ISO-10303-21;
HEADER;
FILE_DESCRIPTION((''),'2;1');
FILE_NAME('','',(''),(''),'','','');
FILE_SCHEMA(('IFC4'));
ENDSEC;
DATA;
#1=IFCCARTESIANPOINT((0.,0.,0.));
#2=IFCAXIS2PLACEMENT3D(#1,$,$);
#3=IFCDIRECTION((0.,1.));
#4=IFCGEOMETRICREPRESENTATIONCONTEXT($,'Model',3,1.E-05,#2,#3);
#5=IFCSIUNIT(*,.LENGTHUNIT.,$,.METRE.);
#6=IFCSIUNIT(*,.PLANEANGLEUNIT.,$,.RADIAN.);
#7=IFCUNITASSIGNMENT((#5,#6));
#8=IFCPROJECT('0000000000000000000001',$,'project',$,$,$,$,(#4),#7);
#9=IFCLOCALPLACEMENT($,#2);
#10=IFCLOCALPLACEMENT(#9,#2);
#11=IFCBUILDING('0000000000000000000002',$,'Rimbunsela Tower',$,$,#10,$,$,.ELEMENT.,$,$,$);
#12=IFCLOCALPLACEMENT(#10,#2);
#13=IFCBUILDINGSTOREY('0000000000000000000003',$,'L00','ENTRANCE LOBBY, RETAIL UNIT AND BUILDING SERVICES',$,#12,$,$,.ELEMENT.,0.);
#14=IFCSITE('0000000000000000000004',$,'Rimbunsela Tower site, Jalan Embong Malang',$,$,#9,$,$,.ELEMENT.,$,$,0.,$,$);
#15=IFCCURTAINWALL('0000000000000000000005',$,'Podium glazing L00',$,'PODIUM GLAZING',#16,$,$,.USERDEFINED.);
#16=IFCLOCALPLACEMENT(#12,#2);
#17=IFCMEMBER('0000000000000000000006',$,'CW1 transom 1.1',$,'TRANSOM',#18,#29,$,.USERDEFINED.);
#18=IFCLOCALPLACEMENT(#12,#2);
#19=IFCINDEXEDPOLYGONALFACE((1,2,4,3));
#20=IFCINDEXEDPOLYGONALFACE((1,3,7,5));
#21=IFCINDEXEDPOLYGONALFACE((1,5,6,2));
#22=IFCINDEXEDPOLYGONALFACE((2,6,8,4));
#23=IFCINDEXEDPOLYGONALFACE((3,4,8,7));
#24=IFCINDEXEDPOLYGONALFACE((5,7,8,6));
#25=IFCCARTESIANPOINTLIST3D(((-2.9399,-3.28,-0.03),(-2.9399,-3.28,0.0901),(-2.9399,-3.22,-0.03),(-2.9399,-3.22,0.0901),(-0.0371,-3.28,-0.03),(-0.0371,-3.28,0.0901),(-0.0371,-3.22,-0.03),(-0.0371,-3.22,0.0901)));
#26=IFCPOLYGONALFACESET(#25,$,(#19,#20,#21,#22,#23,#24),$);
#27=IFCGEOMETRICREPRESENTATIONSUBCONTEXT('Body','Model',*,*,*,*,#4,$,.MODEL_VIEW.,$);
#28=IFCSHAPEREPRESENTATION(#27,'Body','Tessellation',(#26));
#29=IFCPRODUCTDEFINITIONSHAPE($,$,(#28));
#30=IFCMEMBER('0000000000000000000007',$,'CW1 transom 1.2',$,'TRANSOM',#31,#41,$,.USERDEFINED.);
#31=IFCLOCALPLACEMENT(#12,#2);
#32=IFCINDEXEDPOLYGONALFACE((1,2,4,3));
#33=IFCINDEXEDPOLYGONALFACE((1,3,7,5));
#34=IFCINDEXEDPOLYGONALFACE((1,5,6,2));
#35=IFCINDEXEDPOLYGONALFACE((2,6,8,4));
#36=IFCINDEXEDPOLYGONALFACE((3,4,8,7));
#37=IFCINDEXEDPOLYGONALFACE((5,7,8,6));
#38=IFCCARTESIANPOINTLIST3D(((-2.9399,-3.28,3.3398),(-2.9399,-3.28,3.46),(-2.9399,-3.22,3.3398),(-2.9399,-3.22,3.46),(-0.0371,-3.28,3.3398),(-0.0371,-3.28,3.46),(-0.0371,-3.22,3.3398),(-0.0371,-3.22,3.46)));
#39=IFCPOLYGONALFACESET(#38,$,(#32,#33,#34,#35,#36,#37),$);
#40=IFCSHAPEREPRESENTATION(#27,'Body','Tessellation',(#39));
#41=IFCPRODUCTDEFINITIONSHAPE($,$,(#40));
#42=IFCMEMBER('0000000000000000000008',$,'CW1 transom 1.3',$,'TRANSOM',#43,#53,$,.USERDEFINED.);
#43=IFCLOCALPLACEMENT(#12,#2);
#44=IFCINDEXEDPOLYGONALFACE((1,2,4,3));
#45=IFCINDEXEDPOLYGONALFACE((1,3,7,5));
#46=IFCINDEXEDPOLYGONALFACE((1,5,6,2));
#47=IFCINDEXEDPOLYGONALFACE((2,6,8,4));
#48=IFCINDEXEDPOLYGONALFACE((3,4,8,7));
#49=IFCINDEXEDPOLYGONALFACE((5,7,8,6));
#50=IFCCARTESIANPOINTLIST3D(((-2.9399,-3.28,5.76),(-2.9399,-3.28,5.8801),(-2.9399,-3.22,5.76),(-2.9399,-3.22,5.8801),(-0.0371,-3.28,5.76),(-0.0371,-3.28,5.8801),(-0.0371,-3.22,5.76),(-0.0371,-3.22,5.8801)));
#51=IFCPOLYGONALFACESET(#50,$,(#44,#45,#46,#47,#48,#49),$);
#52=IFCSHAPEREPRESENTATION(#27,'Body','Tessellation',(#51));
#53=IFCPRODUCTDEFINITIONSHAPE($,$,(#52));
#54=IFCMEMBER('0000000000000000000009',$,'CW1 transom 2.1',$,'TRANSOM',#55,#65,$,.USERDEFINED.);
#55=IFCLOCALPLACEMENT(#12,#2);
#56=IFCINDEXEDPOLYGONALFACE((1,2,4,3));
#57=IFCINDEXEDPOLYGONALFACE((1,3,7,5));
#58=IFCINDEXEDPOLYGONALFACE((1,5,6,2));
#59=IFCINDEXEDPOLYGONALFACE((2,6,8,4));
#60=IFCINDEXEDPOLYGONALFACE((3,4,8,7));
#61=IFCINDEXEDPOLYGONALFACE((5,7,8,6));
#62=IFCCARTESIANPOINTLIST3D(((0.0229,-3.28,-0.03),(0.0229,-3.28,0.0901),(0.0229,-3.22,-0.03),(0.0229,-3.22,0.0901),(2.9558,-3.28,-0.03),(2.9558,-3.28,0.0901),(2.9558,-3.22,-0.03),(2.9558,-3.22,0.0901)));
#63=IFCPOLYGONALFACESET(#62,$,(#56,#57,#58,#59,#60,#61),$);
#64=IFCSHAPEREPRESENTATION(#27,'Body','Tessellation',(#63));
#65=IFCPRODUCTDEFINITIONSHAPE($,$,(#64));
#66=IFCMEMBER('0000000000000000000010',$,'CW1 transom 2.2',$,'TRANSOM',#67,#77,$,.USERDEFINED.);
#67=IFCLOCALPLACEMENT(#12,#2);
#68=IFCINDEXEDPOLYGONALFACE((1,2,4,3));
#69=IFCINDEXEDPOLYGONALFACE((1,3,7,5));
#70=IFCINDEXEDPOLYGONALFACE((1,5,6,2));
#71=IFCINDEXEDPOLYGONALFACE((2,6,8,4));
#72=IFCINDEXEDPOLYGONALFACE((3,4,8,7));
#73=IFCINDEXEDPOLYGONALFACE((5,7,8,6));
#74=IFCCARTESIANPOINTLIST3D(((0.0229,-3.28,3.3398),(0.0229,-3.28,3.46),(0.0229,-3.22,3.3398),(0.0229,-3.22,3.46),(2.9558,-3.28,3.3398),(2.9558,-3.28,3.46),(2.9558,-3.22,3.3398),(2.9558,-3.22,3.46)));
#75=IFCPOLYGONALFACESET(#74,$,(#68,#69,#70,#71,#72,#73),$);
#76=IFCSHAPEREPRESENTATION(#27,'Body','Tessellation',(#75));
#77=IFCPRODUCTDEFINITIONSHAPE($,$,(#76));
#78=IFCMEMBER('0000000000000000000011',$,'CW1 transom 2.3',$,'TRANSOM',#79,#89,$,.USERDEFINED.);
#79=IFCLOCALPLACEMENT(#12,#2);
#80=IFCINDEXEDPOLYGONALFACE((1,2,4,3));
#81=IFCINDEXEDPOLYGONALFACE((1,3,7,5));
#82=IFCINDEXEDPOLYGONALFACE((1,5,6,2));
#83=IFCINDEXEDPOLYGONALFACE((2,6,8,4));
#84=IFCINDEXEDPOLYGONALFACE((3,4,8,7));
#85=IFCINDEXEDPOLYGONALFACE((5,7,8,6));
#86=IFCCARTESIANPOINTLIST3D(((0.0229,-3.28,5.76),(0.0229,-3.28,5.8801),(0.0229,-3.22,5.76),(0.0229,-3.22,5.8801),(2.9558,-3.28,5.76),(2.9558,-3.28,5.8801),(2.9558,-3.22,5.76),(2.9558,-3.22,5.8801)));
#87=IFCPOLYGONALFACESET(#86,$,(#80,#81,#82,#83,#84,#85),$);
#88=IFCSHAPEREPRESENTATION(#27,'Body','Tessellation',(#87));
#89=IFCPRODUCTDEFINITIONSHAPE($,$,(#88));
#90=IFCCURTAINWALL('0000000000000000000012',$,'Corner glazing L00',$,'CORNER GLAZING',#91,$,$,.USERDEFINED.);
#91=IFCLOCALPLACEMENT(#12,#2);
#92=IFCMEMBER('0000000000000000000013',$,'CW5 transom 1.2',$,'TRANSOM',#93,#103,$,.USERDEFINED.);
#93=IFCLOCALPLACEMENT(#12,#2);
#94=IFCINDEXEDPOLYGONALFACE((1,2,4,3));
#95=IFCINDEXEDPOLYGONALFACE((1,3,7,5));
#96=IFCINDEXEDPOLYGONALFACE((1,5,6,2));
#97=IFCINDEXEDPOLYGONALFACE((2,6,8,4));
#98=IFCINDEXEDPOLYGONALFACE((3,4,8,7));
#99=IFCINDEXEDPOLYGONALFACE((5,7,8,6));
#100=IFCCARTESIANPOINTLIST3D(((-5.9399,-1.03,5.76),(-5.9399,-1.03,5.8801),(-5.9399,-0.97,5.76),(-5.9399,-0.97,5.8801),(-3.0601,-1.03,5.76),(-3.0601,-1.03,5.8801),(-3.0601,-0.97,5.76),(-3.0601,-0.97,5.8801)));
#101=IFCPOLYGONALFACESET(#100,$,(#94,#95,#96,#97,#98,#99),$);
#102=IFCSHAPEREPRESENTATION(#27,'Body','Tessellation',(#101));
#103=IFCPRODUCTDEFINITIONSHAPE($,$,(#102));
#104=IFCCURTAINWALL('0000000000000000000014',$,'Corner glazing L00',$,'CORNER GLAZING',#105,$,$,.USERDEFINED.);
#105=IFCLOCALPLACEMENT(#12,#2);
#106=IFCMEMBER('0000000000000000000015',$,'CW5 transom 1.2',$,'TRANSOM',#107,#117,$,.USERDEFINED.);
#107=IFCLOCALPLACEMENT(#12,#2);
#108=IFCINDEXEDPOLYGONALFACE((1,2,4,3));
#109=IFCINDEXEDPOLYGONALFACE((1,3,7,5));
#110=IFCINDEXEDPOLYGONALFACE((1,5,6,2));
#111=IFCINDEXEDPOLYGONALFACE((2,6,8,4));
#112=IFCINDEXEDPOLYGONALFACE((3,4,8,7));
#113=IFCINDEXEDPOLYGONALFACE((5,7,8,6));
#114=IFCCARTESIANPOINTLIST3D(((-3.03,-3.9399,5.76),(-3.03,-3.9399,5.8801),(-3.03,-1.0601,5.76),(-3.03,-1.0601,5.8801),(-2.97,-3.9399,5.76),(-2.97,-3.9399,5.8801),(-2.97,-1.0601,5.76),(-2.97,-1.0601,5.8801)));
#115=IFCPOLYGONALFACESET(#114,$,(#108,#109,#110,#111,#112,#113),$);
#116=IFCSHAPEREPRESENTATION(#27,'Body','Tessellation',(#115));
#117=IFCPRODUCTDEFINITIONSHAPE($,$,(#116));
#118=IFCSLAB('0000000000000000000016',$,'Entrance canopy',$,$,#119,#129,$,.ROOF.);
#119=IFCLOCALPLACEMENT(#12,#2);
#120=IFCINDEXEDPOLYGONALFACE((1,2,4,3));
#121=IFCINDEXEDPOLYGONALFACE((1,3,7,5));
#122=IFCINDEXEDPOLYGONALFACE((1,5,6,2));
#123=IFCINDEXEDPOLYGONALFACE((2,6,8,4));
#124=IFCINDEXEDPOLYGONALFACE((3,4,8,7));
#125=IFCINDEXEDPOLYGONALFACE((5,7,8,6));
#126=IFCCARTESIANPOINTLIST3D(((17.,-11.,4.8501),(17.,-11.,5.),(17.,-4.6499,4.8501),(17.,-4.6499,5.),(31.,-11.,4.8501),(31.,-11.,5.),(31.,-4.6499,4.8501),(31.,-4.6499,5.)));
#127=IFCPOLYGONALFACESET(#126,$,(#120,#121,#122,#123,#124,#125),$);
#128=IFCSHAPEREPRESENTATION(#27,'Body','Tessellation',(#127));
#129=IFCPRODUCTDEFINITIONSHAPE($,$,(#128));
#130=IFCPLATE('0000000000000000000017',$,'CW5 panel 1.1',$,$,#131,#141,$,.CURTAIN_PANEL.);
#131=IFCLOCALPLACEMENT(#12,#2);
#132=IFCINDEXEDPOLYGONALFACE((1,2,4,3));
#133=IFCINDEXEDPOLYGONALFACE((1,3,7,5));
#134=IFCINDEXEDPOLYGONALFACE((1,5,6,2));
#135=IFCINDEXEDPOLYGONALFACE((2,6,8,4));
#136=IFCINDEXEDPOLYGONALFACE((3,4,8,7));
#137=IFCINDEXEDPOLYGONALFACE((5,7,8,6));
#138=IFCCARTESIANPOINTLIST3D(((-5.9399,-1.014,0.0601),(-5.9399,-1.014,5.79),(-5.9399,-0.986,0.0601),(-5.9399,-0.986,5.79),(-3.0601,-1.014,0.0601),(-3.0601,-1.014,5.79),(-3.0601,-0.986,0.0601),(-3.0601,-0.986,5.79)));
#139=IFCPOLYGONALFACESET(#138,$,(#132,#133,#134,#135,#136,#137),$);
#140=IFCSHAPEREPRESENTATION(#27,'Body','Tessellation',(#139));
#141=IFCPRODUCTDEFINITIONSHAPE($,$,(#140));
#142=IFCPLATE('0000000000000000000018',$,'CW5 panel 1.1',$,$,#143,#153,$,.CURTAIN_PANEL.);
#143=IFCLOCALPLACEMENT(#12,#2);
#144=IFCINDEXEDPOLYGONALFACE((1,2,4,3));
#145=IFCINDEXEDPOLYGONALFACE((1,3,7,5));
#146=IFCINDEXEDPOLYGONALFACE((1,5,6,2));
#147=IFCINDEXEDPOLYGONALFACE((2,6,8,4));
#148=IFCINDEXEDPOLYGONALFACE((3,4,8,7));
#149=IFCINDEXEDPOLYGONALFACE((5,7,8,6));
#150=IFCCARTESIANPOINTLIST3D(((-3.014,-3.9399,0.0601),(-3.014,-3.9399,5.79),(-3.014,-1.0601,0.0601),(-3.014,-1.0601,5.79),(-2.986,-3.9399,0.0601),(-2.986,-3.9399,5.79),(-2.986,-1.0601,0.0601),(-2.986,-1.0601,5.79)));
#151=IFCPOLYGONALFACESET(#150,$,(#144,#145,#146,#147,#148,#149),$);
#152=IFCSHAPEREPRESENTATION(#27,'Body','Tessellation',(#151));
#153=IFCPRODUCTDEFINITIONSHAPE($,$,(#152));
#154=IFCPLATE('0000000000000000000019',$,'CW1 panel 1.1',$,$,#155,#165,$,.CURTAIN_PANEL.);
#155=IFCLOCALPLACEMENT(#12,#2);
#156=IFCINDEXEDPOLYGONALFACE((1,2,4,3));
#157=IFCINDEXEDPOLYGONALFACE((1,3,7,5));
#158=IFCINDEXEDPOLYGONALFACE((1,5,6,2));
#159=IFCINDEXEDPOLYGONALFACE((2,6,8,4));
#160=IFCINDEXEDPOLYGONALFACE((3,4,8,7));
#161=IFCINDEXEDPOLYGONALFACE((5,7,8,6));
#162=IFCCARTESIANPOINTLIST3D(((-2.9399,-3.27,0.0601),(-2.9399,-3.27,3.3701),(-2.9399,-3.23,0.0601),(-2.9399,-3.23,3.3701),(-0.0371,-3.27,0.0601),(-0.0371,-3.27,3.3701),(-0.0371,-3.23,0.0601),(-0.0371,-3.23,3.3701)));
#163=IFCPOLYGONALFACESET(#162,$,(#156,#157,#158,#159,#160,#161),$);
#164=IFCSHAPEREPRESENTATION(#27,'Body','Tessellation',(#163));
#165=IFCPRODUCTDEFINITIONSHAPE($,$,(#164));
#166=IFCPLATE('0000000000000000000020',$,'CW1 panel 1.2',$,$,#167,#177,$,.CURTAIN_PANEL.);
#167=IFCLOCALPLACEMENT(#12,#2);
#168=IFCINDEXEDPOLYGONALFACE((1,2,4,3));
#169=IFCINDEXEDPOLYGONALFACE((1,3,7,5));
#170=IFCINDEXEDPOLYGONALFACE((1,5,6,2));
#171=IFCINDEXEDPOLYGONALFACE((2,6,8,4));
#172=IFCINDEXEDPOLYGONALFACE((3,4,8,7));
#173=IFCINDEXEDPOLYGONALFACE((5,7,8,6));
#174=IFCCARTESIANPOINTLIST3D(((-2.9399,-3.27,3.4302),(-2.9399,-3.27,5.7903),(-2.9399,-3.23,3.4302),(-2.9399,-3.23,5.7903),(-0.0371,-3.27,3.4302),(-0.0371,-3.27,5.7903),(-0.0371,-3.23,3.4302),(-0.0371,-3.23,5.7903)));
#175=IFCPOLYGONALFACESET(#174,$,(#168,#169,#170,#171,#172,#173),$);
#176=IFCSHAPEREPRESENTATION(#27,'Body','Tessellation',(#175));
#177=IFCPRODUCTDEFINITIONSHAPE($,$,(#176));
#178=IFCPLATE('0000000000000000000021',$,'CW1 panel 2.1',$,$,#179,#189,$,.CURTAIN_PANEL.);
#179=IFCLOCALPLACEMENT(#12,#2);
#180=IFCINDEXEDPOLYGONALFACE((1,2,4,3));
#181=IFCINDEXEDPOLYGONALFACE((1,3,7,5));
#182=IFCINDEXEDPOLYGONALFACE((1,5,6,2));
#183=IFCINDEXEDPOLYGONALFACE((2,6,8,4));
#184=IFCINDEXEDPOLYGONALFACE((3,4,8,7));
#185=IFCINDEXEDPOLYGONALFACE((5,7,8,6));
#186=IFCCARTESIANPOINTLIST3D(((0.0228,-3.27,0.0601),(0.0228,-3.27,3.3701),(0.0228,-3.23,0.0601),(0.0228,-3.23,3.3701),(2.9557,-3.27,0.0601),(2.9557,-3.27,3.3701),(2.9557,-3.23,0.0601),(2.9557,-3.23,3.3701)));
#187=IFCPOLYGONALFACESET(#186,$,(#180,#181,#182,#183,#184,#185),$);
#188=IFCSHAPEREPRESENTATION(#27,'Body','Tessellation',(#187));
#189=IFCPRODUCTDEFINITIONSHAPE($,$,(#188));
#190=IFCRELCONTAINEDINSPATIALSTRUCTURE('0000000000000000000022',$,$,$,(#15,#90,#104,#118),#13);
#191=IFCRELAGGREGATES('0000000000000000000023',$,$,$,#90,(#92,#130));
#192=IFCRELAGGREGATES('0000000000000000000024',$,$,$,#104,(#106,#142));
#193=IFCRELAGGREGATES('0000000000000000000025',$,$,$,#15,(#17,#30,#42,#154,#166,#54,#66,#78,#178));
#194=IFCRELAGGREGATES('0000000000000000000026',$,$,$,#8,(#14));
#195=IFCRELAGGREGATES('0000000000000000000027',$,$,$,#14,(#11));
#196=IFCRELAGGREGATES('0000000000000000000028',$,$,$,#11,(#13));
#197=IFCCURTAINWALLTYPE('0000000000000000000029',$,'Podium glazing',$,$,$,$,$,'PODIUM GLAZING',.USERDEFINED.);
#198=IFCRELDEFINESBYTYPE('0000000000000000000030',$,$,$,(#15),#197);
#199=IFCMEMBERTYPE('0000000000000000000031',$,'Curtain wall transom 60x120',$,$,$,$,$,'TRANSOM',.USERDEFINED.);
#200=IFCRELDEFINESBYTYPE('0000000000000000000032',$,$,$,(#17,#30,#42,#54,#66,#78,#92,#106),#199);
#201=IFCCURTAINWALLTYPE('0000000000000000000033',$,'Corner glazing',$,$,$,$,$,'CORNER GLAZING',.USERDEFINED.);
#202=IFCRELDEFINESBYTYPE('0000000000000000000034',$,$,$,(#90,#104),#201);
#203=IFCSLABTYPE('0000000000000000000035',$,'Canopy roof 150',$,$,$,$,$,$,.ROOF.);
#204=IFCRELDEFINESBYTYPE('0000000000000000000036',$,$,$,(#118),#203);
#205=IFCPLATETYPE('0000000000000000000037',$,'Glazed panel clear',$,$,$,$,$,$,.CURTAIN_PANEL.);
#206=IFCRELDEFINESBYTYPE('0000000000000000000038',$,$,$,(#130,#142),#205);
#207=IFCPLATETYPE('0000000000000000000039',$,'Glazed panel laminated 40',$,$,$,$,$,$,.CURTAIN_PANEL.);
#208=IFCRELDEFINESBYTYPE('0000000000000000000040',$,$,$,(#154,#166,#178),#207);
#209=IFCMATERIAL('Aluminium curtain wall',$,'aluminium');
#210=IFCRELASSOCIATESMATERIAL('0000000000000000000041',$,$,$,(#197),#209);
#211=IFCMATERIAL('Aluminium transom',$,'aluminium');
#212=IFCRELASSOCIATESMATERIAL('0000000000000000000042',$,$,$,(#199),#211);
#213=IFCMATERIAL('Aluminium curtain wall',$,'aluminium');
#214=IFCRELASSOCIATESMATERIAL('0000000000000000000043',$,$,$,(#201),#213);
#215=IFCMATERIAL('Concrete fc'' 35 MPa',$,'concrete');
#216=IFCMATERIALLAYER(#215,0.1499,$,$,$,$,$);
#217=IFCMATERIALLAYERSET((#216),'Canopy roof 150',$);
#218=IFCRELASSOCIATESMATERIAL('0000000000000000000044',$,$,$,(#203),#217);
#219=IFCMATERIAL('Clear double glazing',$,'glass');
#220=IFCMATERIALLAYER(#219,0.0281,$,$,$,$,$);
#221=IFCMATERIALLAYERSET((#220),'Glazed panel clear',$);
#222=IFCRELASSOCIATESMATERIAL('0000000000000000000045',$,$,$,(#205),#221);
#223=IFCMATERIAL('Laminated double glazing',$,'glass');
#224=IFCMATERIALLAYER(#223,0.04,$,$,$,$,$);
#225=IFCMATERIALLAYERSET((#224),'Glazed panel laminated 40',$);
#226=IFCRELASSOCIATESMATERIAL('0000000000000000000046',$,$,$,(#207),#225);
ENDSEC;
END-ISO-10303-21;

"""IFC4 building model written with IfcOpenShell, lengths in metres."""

from ifc_helpers import new_model, si_unit, direction, frame, origin, origin_2d, place, context, subcontext, project, spatial, polyline, rectangle, outline, extrude, material, layer, layer_set, material_profile, profile_set, type_object, element, aggregate, save


model = new_model("IFC4")

# Units and contexts
model_context = context("Model", 3, precision=1e-05, world=origin(), true_north=direction((0.0, 1.0)))
body_context = subcontext(model_context, "Body", "Model", "MODEL_VIEW")
ifc_project = project(units=[si_unit("LENGTHUNIT", "METRE"), si_unit("PLANEANGLEUNIT", "RADIAN")], contexts=[model_context])

# Site, building, storey
site_placement = place(None, origin())
site = spatial("IfcSite", under=ifc_project, at=site_placement, Name="Rimbunsela Tower site, Jalan Embong Malang", CompositionType="ELEMENT", RefElevation=0.0)
building_placement = place(site_placement, origin())
building = spatial("IfcBuilding", under=site, at=building_placement, Name="Rimbunsela Tower", CompositionType="ELEMENT")
storey_placement = place(building_placement, origin())
storey = spatial("IfcBuildingStorey", under=building, at=storey_placement, Name="L00", Description="ENTRANCE LOBBY, RETAIL UNIT AND BUILDING SERVICES", CompositionType="ELEMENT", Elevation=0.0)

# Curtain wall, members
ifc_material_1 = material(Name="Aluminium curtain wall", Category="aluminium")
curtain_wall_type_1 = type_object("IfcCurtainWallType", Name="Podium glazing", ElementType="PODIUM GLAZING", PredefinedType="USERDEFINED", material=ifc_material_1)
curtain_wall_1_placement = place(storey_placement, origin())
curtain_wall_1 = element("IfcCurtainWall", 1, at=curtain_wall_1_placement, inside=storey, type_object=curtain_wall_type_1, Name="Podium glazing L00", ObjectType="PODIUM GLAZING", PredefinedType="USERDEFINED")
ifc_material_2 = material(Name="Aluminium transom", Category="aluminium")
ifc_material_profile = material_profile(ifc_material_2, rectangle(XDim=0.0601, YDim=0.1201, at=origin_2d()), Name="Transom 60x120")
ifc_profile_set = profile_set([ifc_material_profile], Name="Aluminium transom")
member_type = type_object("IfcMemberType", Name="Curtain wall transom 60x120", ElementType="TRANSOM", PredefinedType="USERDEFINED", material=ifc_profile_set)
member_1_placement = place(storey_placement, frame((-2.9399, -3.25, 0.03), z_axis=(1.0, 0.0, 0.0), x_axis=(0.0, 1.0, 0.0)))
member_1 = element("IfcMember", 2, at=member_1_placement, type_object=member_type, Name="CW1 transom 1.1", ObjectType="TRANSOM", PredefinedType="USERDEFINED", context=body_context, shape_type="SweptSolid", body=[
    extrude(rectangle(XDim=0.0601, YDim=0.1201, at=origin_2d()), origin(), (0.0, 0.0, 1.0), 2.9028),
])
member_2_placement = place(storey_placement, frame((-2.9399, -3.25, 3.3999), z_axis=(1.0, 0.0, 0.0), x_axis=(0.0, 1.0, 0.0)))
member_2 = element("IfcMember", 3, at=member_2_placement, type_object=member_type, Name="CW1 transom 1.2", ObjectType="TRANSOM", PredefinedType="USERDEFINED", context=body_context, shape_type="SweptSolid", body=[
    extrude(rectangle(XDim=0.0601, YDim=0.1201, at=origin_2d()), origin(), (0.0, 0.0, 1.0), 2.9028),
])
member_3_placement = place(storey_placement, frame((-2.9399, -3.25, 5.8201), z_axis=(1.0, 0.0, 0.0), x_axis=(0.0, 1.0, 0.0)))
member_3 = element("IfcMember", 4, at=member_3_placement, type_object=member_type, Name="CW1 transom 1.3", ObjectType="TRANSOM", PredefinedType="USERDEFINED", context=body_context, shape_type="SweptSolid", body=[
    extrude(rectangle(XDim=0.0601, YDim=0.1201, at=origin_2d()), origin(), (0.0, 0.0, 1.0), 2.9028),
])
member_4_placement = place(storey_placement, frame((0.0229, -3.25, 0.03), z_axis=(1.0, 0.0, 0.0), x_axis=(0.0, 1.0, 0.0)))
member_4 = element("IfcMember", 5, at=member_4_placement, type_object=member_type, Name="CW1 transom 2.1", ObjectType="TRANSOM", PredefinedType="USERDEFINED", context=body_context, shape_type="SweptSolid", body=[
    extrude(rectangle(XDim=0.0601, YDim=0.1201, at=origin_2d()), origin(), (0.0, 0.0, 1.0), 2.9329),
])
member_5_placement = place(storey_placement, frame((0.0229, -3.25, 3.3999), z_axis=(1.0, 0.0, 0.0), x_axis=(0.0, 1.0, 0.0)))
member_5 = element("IfcMember", 6, at=member_5_placement, type_object=member_type, Name="CW1 transom 2.2", ObjectType="TRANSOM", PredefinedType="USERDEFINED", context=body_context, shape_type="SweptSolid", body=[
    extrude(rectangle(XDim=0.0601, YDim=0.1201, at=origin_2d()), origin(), (0.0, 0.0, 1.0), 2.9329),
])
member_6_placement = place(storey_placement, frame((0.0229, -3.25, 5.8201), z_axis=(1.0, 0.0, 0.0), x_axis=(0.0, 1.0, 0.0)))
member_6 = element("IfcMember", 7, at=member_6_placement, type_object=member_type, Name="CW1 transom 2.3", ObjectType="TRANSOM", PredefinedType="USERDEFINED", context=body_context, shape_type="SweptSolid", body=[
    extrude(rectangle(XDim=0.0601, YDim=0.1201, at=origin_2d()), origin(), (0.0, 0.0, 1.0), 2.9329),
])

# Curtain walls, members
ifc_material_3 = material(Name="Aluminium curtain wall", Category="aluminium")
curtain_wall_type_2 = type_object("IfcCurtainWallType", Name="Corner glazing", ElementType="CORNER GLAZING", PredefinedType="USERDEFINED", material=ifc_material_3)
curtain_wall_2_placement = place(storey_placement, origin())
curtain_wall_2 = element("IfcCurtainWall", 8, at=curtain_wall_2_placement, inside=storey, type_object=curtain_wall_type_2, Name="Corner glazing L00", ObjectType="CORNER GLAZING", PredefinedType="USERDEFINED")
member_7_placement = place(storey_placement, frame((-5.9399, -1.0, 5.8201), z_axis=(1.0, 0.0, 0.0), x_axis=(0.0, 1.0, 0.0)))
member_7 = element("IfcMember", 9, at=member_7_placement, type_object=member_type, Name="CW5 transom 1.2", ObjectType="TRANSOM", PredefinedType="USERDEFINED", context=body_context, shape_type="SweptSolid", body=[
    extrude(rectangle(XDim=0.0601, YDim=0.1201, at=origin_2d()), origin(), (0.0, 0.0, 1.0), 2.8799),
])
curtain_wall_3_placement = place(storey_placement, origin())
curtain_wall_3 = element("IfcCurtainWall", 10, at=curtain_wall_3_placement, inside=storey, type_object=curtain_wall_type_2, Name="Corner glazing L00", ObjectType="CORNER GLAZING", PredefinedType="USERDEFINED")
member_8_placement = place(storey_placement, frame((-3.0, -1.0601, 5.8201), z_axis=(0.0, -1.0, 0.0), x_axis=(1.0, 0.0, 0.0)))
member_8 = element("IfcMember", 11, at=member_8_placement, type_object=member_type, Name="CW5 transom 1.2", ObjectType="TRANSOM", PredefinedType="USERDEFINED", context=body_context, shape_type="SweptSolid", body=[
    extrude(rectangle(XDim=0.0601, YDim=0.1201, at=origin_2d()), origin(), (0.0, 0.0, 1.0), 2.8799),
])

# Slab
ifc_material_4 = material(Name="Concrete fc' 35 MPa", Category="concrete")
ifc_layer_1 = layer(ifc_material_4, 0.1499)
ifc_layer_set_1 = layer_set([ifc_layer_1], Name="Canopy roof 150")
slab_type_1 = type_object("IfcSlabType", Name="Canopy roof 150", PredefinedType="ROOF", material=ifc_layer_set_1)
slab_1_placement = place(storey_placement, frame((0.0, 0.0, 4.8501)))
element("IfcSlab", 12, at=slab_1_placement, inside=storey, type_object=slab_type_1, Name="Entrance canopy", PredefinedType="ROOF", context=body_context, shape_type="SweptSolid", body=[
    extrude(outline(polyline([(17.0, -11.0), (31.0, -11.0), (31.0, -4.6499), (17.0, -4.6499), (17.0, -11.0)])), origin(), (0.0, 0.0, 1.0), 0.1499),
])

# Plates
ifc_material_5 = material(Name="Clear double glazing", Category="glass")
ifc_layer_2 = layer(ifc_material_5, 0.0281)
ifc_layer_set_2 = layer_set([ifc_layer_2], Name="Glazed panel clear")
plate_type_1 = type_object("IfcPlateType", Name="Glazed panel clear", PredefinedType="CURTAIN_PANEL", material=ifc_layer_set_2)
plate_1_placement = place(storey_placement, frame((-4.5, -1.0, 0.0601), z_axis=(0.0, 0.0, 1.0), x_axis=(1.0, 0.0, 0.0)))
plate_1 = element("IfcPlate", 13, at=plate_1_placement, type_object=plate_type_1, Name="CW5 panel 1.1", PredefinedType="CURTAIN_PANEL", context=body_context, shape_type="SweptSolid", body=[
    extrude(rectangle(XDim=2.8799, YDim=0.0281, at=origin_2d()), origin(), (0.0, 0.0, 1.0), 5.73),
])
aggregate(curtain_wall_2, [member_7, plate_1])
plate_2_placement = place(storey_placement, frame((-3.0, -2.5, 0.0601), z_axis=(0.0, 0.0, 1.0), x_axis=(0.0, -1.0, 0.0)))
plate_2 = element("IfcPlate", 14, at=plate_2_placement, type_object=plate_type_1, Name="CW5 panel 1.1", PredefinedType="CURTAIN_PANEL", context=body_context, shape_type="SweptSolid", body=[
    extrude(rectangle(XDim=2.8799, YDim=0.0281, at=origin_2d()), origin(), (0.0, 0.0, 1.0), 5.73),
])
aggregate(curtain_wall_3, [member_8, plate_2])
ifc_material_6 = material(Name="Laminated double glazing", Category="glass")
ifc_layer_3 = layer(ifc_material_6, 0.04)
ifc_layer_set_3 = layer_set([ifc_layer_3], Name="Glazed panel laminated 40")
plate_type_2 = type_object("IfcPlateType", Name="Glazed panel laminated 40", PredefinedType="CURTAIN_PANEL", material=ifc_layer_set_3)
plate_3_placement = place(storey_placement, frame((-1.4885, -3.25, 0.0601), z_axis=(0.0, 0.0, 1.0), x_axis=(1.0, 0.0, 0.0)))
plate_3 = element("IfcPlate", 15, at=plate_3_placement, type_object=plate_type_2, Name="CW1 panel 1.1", PredefinedType="CURTAIN_PANEL", context=body_context, shape_type="SweptSolid", body=[
    extrude(rectangle(XDim=2.9028, YDim=0.04, at=origin_2d()), origin(), (0.0, 0.0, 1.0), 3.3101),
])
plate_4_placement = place(storey_placement, frame((-1.4885, -3.25, 3.4302), z_axis=(0.0, 0.0, 1.0), x_axis=(1.0, 0.0, 0.0)))
plate_4 = element("IfcPlate", 16, at=plate_4_placement, type_object=plate_type_2, Name="CW1 panel 1.2", PredefinedType="CURTAIN_PANEL", context=body_context, shape_type="SweptSolid", body=[
    extrude(rectangle(XDim=2.9028, YDim=0.04, at=origin_2d()), origin(), (0.0, 0.0, 1.0), 2.3601),
])
plate_5_placement = place(storey_placement, frame((1.4893, -3.25, 0.0601), z_axis=(0.0, 0.0, 1.0), x_axis=(1.0, 0.0, 0.0)))
plate_5 = element("IfcPlate", 17, at=plate_5_placement, type_object=plate_type_2, Name="CW1 panel 2.1", PredefinedType="CURTAIN_PANEL", context=body_context, shape_type="SweptSolid", body=[
    extrude(rectangle(XDim=2.9329, YDim=0.04, at=origin_2d()), origin(), (0.0, 0.0, 1.0), 3.3101),
])
aggregate(curtain_wall_1, [member_1, member_2, member_3, plate_3, plate_4, member_4, member_5, member_6, plate_5])

save(model, "model.ifc")
